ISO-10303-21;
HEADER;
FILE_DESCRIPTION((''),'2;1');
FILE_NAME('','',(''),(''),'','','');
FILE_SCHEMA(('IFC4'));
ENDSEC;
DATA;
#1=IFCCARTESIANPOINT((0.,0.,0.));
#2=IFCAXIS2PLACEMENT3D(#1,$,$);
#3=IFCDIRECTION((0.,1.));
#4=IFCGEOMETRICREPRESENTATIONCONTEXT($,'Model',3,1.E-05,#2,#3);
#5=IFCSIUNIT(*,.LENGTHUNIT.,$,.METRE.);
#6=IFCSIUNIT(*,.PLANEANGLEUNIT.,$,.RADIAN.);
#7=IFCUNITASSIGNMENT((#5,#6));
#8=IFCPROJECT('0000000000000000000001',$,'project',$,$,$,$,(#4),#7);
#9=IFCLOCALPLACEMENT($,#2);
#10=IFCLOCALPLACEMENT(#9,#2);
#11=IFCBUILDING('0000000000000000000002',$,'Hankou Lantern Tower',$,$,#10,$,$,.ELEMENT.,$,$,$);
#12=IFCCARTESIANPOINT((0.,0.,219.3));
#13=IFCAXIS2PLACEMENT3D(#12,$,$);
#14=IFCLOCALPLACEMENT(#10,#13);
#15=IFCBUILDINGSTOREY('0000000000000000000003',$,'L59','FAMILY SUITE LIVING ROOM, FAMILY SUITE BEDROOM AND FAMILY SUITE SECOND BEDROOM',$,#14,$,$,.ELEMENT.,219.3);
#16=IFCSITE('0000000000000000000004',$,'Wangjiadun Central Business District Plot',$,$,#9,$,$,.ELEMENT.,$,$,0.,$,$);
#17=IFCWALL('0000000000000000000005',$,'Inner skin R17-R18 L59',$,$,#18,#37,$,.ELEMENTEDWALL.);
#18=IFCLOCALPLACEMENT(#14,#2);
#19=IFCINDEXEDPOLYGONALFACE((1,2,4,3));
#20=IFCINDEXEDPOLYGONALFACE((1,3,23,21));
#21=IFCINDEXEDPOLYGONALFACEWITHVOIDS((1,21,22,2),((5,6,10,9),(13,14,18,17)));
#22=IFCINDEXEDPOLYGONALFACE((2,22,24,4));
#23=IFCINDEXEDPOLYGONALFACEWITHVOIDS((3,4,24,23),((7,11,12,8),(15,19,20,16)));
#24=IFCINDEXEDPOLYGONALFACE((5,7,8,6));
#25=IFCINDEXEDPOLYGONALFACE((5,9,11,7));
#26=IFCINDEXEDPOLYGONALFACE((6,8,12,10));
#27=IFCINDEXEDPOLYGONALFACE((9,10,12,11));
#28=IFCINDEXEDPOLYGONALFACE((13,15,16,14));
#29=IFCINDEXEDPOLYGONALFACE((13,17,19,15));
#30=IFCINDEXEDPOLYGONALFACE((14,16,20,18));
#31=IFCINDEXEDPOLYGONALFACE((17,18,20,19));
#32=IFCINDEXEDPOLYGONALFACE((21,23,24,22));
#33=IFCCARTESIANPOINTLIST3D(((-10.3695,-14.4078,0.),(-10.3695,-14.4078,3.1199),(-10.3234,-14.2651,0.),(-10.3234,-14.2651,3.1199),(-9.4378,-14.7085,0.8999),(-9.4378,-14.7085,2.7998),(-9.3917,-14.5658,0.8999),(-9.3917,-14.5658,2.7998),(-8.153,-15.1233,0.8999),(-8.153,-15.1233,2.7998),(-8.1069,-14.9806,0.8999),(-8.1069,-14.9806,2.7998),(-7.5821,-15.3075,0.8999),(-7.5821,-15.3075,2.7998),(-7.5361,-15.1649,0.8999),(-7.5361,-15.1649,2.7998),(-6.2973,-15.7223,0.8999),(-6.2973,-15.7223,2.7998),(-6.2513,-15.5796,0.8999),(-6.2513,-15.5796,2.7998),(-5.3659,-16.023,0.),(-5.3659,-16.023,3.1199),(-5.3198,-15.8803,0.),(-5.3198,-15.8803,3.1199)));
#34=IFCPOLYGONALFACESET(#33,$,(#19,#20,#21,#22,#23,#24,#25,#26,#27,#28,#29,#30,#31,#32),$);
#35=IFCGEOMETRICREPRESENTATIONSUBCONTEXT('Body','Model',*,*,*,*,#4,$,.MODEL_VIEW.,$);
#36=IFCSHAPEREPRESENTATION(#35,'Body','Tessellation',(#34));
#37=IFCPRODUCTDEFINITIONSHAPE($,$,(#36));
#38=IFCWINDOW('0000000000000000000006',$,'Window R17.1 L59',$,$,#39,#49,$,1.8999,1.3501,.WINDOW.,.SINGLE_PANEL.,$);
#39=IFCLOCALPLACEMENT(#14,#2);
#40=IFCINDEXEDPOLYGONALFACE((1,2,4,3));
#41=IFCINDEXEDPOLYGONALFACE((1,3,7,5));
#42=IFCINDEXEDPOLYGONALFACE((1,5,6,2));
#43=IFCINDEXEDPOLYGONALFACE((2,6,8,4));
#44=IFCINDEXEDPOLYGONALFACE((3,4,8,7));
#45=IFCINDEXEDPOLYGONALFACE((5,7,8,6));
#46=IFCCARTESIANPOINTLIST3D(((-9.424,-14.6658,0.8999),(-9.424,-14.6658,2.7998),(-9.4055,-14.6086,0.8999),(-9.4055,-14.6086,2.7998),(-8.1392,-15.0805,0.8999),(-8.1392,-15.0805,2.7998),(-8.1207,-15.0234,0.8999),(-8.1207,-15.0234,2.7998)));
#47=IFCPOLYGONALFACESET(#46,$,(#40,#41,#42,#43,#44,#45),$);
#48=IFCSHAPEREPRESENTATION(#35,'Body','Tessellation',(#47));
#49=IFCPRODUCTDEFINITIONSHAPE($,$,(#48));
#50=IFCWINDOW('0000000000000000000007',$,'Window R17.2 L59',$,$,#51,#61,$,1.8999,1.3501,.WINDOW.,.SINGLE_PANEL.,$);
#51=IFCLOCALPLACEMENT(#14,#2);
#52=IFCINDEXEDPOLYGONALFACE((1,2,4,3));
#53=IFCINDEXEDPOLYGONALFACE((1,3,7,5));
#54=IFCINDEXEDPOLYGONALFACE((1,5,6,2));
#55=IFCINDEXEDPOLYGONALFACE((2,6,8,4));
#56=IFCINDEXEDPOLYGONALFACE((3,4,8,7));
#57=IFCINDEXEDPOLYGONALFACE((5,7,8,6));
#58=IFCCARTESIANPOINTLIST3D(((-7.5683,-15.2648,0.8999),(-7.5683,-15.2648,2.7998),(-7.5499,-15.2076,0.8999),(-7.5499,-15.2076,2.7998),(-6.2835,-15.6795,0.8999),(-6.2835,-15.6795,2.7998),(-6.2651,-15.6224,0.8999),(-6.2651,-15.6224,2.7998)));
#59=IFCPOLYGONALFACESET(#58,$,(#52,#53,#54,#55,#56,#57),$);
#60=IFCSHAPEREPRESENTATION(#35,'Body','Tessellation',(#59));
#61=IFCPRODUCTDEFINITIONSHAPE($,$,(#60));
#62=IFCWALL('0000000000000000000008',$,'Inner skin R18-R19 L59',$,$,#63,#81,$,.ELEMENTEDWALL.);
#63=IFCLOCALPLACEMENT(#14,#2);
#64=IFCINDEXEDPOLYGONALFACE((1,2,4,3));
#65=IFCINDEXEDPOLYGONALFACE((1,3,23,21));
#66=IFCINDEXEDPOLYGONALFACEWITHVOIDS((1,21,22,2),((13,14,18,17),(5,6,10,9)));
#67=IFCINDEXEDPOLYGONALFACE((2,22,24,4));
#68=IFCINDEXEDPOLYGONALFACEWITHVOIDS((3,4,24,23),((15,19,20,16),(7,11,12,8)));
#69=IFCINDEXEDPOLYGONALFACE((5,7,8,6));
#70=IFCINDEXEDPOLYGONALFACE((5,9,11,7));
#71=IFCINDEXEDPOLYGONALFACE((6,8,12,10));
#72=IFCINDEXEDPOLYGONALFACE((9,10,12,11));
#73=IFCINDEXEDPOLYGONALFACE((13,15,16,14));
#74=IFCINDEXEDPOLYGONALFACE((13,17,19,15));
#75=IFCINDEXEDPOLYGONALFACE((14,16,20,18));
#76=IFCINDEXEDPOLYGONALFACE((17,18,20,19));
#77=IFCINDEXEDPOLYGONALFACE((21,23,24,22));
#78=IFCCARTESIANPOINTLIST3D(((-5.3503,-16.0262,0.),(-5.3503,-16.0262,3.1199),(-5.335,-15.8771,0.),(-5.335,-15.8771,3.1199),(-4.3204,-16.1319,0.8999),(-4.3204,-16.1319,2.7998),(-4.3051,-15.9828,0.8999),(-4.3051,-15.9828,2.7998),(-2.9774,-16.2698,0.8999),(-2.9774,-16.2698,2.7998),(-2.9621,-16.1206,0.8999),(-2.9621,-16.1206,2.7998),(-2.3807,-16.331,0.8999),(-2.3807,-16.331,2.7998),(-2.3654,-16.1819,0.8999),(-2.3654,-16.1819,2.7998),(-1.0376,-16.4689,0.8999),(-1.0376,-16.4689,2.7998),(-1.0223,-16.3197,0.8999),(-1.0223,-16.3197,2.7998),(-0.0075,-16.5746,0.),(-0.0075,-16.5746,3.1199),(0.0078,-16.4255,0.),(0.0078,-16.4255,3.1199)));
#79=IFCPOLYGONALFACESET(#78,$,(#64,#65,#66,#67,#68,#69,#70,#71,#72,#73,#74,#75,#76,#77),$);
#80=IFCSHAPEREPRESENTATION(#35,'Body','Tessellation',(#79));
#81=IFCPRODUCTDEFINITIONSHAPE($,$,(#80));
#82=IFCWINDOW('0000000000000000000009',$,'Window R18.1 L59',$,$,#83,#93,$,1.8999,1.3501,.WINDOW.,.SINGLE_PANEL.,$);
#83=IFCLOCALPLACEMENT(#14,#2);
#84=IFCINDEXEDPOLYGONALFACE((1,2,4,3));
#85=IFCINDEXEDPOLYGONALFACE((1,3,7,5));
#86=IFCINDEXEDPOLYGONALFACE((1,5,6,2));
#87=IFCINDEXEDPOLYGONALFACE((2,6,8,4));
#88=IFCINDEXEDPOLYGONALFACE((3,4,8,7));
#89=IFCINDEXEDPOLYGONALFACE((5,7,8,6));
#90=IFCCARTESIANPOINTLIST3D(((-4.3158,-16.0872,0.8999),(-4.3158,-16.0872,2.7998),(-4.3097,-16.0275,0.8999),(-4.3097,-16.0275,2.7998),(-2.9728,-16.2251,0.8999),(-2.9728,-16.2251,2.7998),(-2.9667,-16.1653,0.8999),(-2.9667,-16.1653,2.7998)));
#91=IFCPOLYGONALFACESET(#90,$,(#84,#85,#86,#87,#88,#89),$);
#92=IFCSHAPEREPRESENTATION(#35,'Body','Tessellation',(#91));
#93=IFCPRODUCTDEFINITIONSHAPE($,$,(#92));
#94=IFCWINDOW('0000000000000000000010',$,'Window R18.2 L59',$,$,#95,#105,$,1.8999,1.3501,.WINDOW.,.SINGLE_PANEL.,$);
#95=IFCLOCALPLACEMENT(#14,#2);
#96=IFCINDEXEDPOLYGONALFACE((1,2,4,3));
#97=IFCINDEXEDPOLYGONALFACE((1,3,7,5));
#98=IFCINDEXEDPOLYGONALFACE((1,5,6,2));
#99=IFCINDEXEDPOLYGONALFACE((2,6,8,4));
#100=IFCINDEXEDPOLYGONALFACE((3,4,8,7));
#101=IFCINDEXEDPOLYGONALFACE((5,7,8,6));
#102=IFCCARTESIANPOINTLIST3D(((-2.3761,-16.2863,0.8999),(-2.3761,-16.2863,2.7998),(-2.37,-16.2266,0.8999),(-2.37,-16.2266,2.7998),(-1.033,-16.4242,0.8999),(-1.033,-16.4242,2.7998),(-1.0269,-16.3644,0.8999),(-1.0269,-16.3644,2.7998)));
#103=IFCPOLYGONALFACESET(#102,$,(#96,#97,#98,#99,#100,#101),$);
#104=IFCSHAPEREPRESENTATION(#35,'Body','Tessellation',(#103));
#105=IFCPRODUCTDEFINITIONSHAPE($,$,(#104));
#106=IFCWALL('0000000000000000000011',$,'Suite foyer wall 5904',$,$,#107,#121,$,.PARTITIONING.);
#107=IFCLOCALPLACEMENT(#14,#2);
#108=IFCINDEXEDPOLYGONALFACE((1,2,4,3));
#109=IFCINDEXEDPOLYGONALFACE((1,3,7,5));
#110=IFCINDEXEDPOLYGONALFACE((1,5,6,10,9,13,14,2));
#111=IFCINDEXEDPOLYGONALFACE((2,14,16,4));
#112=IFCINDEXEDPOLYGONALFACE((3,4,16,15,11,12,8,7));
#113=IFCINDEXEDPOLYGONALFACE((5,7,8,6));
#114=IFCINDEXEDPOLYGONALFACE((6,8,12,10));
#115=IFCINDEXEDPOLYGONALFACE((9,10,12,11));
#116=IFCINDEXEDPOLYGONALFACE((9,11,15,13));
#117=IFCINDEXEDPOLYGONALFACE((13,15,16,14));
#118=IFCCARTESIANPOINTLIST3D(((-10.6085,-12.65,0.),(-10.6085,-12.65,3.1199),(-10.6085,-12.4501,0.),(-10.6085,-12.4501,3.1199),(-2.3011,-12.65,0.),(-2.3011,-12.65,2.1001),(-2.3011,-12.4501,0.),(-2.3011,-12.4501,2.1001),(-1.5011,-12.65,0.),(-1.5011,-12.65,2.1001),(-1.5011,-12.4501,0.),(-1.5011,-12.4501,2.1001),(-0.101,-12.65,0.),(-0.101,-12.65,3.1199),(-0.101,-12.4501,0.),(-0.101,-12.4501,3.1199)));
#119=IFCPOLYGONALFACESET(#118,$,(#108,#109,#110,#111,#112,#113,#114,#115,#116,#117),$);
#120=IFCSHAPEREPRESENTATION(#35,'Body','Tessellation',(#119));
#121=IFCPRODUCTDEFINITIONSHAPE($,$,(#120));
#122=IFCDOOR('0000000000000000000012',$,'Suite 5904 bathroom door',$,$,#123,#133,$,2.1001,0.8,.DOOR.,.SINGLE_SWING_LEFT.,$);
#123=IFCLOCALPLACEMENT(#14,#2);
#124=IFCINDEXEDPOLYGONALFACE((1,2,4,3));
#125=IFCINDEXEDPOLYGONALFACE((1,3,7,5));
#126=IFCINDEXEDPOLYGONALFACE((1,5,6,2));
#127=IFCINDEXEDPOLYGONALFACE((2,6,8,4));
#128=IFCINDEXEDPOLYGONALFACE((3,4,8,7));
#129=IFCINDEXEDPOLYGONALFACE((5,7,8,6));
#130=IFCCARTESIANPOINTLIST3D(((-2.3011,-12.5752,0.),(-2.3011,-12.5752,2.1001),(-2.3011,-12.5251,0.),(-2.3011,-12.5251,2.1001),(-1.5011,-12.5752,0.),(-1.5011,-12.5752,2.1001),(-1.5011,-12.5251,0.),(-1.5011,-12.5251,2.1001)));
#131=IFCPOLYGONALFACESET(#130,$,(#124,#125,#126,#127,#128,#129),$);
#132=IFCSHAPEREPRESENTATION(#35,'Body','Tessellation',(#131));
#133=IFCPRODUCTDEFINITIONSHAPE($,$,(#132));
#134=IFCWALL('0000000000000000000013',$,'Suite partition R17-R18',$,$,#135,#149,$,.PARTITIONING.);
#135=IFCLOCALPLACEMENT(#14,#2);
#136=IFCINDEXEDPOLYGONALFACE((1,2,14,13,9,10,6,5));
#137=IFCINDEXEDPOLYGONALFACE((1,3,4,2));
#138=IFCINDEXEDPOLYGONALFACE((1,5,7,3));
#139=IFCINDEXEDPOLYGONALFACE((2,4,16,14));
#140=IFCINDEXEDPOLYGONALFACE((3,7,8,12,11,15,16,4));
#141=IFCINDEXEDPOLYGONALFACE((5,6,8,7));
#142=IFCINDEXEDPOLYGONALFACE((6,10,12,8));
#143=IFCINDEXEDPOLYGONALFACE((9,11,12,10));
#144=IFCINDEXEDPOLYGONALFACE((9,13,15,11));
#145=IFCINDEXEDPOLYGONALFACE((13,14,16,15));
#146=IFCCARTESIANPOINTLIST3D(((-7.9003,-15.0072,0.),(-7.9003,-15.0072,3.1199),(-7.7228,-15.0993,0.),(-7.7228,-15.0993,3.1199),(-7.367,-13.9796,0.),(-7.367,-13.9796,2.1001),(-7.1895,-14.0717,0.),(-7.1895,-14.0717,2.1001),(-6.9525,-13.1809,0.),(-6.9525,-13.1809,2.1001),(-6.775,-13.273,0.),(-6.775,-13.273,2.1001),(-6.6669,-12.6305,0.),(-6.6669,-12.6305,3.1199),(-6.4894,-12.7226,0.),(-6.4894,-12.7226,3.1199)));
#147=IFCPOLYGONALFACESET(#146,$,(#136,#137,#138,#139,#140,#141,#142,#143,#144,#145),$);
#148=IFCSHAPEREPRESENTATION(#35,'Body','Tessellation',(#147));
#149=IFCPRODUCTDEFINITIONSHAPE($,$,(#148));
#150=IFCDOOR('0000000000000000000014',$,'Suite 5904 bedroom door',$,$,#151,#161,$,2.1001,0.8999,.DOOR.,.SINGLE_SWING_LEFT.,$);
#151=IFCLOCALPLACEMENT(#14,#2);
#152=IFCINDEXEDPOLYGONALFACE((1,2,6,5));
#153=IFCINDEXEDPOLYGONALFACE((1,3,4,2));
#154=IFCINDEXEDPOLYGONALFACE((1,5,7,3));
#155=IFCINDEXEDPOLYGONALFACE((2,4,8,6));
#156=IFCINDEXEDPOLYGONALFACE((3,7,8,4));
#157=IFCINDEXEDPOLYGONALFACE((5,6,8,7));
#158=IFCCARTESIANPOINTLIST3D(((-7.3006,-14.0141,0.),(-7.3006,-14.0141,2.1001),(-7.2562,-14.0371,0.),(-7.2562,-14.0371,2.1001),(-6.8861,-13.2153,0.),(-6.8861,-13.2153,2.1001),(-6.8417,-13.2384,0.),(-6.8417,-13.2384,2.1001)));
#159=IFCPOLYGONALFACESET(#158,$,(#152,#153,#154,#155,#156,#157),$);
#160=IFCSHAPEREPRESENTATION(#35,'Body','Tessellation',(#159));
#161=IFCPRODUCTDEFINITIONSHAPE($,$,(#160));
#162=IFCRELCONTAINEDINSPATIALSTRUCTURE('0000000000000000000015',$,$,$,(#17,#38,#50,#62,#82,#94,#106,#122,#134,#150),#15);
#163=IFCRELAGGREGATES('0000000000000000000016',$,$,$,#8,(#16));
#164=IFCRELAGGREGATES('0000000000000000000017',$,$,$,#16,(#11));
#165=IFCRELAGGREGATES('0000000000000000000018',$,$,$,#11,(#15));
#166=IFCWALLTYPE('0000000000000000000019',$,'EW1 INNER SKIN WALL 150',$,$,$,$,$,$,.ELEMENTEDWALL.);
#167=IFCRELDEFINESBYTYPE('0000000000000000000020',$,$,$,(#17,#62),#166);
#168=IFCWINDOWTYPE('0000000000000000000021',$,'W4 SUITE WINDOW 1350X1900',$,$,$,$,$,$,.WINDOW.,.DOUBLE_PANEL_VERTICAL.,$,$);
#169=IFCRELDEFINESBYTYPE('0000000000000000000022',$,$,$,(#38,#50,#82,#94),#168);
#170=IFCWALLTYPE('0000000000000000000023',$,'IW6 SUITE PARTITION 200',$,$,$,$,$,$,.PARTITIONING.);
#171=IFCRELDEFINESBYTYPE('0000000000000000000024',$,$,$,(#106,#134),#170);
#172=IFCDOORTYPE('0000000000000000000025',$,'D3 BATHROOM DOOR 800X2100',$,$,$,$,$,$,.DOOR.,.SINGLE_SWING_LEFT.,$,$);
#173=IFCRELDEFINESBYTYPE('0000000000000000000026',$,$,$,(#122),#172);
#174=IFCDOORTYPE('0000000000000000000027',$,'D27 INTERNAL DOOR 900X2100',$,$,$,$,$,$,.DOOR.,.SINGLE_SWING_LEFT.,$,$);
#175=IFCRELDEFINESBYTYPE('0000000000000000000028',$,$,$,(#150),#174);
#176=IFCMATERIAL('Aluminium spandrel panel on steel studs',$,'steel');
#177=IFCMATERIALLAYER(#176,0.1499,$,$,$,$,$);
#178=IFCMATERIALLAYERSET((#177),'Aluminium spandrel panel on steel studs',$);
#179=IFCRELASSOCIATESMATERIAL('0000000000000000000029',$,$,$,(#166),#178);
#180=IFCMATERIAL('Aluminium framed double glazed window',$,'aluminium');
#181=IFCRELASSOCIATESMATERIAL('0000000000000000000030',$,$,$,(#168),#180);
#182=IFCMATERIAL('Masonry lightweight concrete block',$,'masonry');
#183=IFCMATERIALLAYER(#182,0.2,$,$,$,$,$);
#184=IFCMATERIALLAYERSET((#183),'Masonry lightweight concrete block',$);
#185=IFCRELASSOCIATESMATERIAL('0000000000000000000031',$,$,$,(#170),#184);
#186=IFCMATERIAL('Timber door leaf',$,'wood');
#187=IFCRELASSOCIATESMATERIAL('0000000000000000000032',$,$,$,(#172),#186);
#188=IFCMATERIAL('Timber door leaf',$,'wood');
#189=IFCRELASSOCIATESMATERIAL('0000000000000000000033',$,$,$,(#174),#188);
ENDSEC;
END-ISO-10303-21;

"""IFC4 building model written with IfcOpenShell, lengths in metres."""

from ifc_helpers import new_model, si_unit, direction, frame, frame_2d, origin, place, context, subcontext, project, spatial, rectangle, extrude, material, layer, layer_set, type_object, element, fill, save


model = new_model("IFC4")

# Units and contexts
model_context = context("Model", 3, precision=1e-05, world=origin(), true_north=direction((0.0, 1.0)))
body_context = subcontext(model_context, "Body", "Model", "MODEL_VIEW")
ifc_project = project(units=[si_unit("LENGTHUNIT", "METRE"), si_unit("PLANEANGLEUNIT", "RADIAN")], contexts=[model_context])

# Site, building, storey
site_placement = place(None, origin())
site = spatial("IfcSite", under=ifc_project, at=site_placement, Name="Wangjiadun Central Business District Plot", CompositionType="ELEMENT", RefElevation=0.0)
building_placement = place(site_placement, origin())
building = spatial("IfcBuilding", under=site, at=building_placement, Name="Hankou Lantern Tower", CompositionType="ELEMENT")
storey_placement = place(building_placement, frame((0.0, 0.0, 219.3)))
storey = spatial("IfcBuildingStorey", under=building, at=storey_placement, Name="L59", Description="FAMILY SUITE LIVING ROOM, FAMILY SUITE BEDROOM AND FAMILY SUITE SECOND BEDROOM", CompositionType="ELEMENT", Elevation=219.3)

# Walls, openings, windows
ifc_material_1 = material(Name="Aluminium spandrel panel on steel studs", Category="steel")
ifc_layer_1 = layer(ifc_material_1, 0.1499)
ifc_layer_set_1 = layer_set([ifc_layer_1], Name="Aluminium spandrel panel on steel studs")
wall_type_1 = type_object("IfcWallType", Name="EW1 INNER SKIN WALL 150", PredefinedType="ELEMENTEDWALL", material=ifc_layer_set_1)
wall_1_placement = place(storey_placement, frame((-10.3464, -14.3364, 0.0), z_axis=(0.0, 0.0, 1.0), x_axis=(0.951645, -0.307201, 0.0)))
wall_1 = element("IfcWall", 1, at=wall_1_placement, inside=storey, type_object=wall_type_1, Name="Inner skin R17-R18 L59", PredefinedType="ELEMENTEDWALL", context=body_context, shape_type="SweptSolid", body=[
    extrude(rectangle(XDim=5.2578, YDim=0.1499, at=frame_2d((2.6289, 0.0))), origin(), (0.0, 0.0, 1.0), 3.1199),
])
opening_1_placement = place(wall_1_placement, frame((0.979, 0.0, 0.8999)))
opening_1 = element("IfcOpeningElement", 2, at=opening_1_placement, cuts=wall_1, PredefinedType="OPENING", context=body_context, shape_type="SweptSolid", body=[
    extrude(rectangle(XDim=1.3501, YDim=1.8999, at=frame_2d((0.675, 0.95))), frame((0.0, 0.085, 0.0), z_axis=(0.0, -1.0, 0.0), x_axis=(1.0, 0.0, 0.0)), (0.0, 0.0, 1.0), 0.1699),
])
opening_2_placement = place(wall_1_placement, frame((2.929, 0.0, 0.8999)))
opening_2 = element("IfcOpeningElement", 3, at=opening_2_placement, cuts=wall_1, PredefinedType="OPENING", context=body_context, shape_type="SweptSolid", body=[
    extrude(rectangle(XDim=1.3501, YDim=1.8999, at=frame_2d((0.675, 0.95))), frame((0.0, 0.085, 0.0), z_axis=(0.0, -1.0, 0.0), x_axis=(1.0, 0.0, 0.0)), (0.0, 0.0, 1.0), 0.1699),
])
ifc_material_2 = material(Name="Aluminium framed double glazed window", Category="aluminium")
window_type = type_object("IfcWindowType", Name="W4 SUITE WINDOW 1350X1900", PartitioningType="DOUBLE_PANEL_VERTICAL", PredefinedType="WINDOW", material=ifc_material_2)
window_1_placement = place(opening_1_placement, origin())
window_1 = element("IfcWindow", 4, at=window_1_placement, inside=storey, type_object=window_type, Name="Window R17.1 L59", OverallHeight=1.8999, OverallWidth=1.3501, PartitioningType="SINGLE_PANEL", PredefinedType="WINDOW", context=body_context, shape_type="SweptSolid", body=[
    extrude(rectangle(XDim=1.3501, YDim=1.8999, at=frame_2d((0.675, 0.95))), frame((0.0, 0.03, 0.0), z_axis=(0.0, -1.0, 0.0), x_axis=(1.0, 0.0, 0.0)), (0.0, 0.0, 1.0), 0.0601),
])
fill(opening_1, window_1)
window_2_placement = place(opening_2_placement, origin())
window_2 = element("IfcWindow", 5, at=window_2_placement, inside=storey, type_object=window_type, Name="Window R17.2 L59", OverallHeight=1.8999, OverallWidth=1.3501, PartitioningType="SINGLE_PANEL", PredefinedType="WINDOW", context=body_context, shape_type="SweptSolid", body=[
    extrude(rectangle(XDim=1.3501, YDim=1.8999, at=frame_2d((0.675, 0.95))), frame((0.0, 0.03, 0.0), z_axis=(0.0, -1.0, 0.0), x_axis=(1.0, 0.0, 0.0)), (0.0, 0.0, 1.0), 0.0601),
])
fill(opening_2, window_2)
wall_2_placement = place(storey_placement, frame((-5.3428, -15.9517, 0.0), z_axis=(0.0, 0.0, 1.0), x_axis=(0.994775, -0.102096, 0.0)))
wall_2 = element("IfcWall", 6, at=wall_2_placement, inside=storey, type_object=wall_type_1, Name="Inner skin R18-R19 L59", PredefinedType="ELEMENTEDWALL", context=body_context, shape_type="SweptSolid", body=[
    extrude(rectangle(XDim=5.3708, YDim=0.1499, at=frame_2d((2.6855, 0.0))), origin(), (0.0, 0.0, 1.0), 3.1199),
])
opening_3_placement = place(wall_2_placement, frame((1.0354, 0.0, 0.8999)))
opening_3 = element("IfcOpeningElement", 7, at=opening_3_placement, cuts=wall_2, PredefinedType="OPENING", context=body_context, shape_type="SweptSolid", body=[
    extrude(rectangle(XDim=1.3501, YDim=1.8999, at=frame_2d((0.675, 0.95))), frame((0.0, 0.085, 0.0), z_axis=(0.0, -1.0, 0.0), x_axis=(1.0, 0.0, 0.0)), (0.0, 0.0, 1.0), 0.1699),
])
opening_4_placement = place(wall_2_placement, frame((2.9854, 0.0, 0.8999)))
opening_4 = element("IfcOpeningElement", 8, at=opening_4_placement, cuts=wall_2, PredefinedType="OPENING", context=body_context, shape_type="SweptSolid", body=[
    extrude(rectangle(XDim=1.3501, YDim=1.8999, at=frame_2d((0.675, 0.95))), frame((0.0, 0.085, 0.0), z_axis=(0.0, -1.0, 0.0), x_axis=(1.0, 0.0, 0.0)), (0.0, 0.0, 1.0), 0.1699),
])
window_3_placement = place(opening_3_placement, origin())
window_3 = element("IfcWindow", 9, at=window_3_placement, inside=storey, type_object=window_type, Name="Window R18.1 L59", OverallHeight=1.8999, OverallWidth=1.3501, PartitioningType="SINGLE_PANEL", PredefinedType="WINDOW", context=body_context, shape_type="SweptSolid", body=[
    extrude(rectangle(XDim=1.3501, YDim=1.8999, at=frame_2d((0.675, 0.95))), frame((0.0, 0.03, 0.0), z_axis=(0.0, -1.0, 0.0), x_axis=(1.0, 0.0, 0.0)), (0.0, 0.0, 1.0), 0.0601),
])
fill(opening_3, window_3)
window_4_placement = place(opening_4_placement, origin())
window_4 = element("IfcWindow", 10, at=window_4_placement, inside=storey, type_object=window_type, Name="Window R18.2 L59", OverallHeight=1.8999, OverallWidth=1.3501, PartitioningType="SINGLE_PANEL", PredefinedType="WINDOW", context=body_context, shape_type="SweptSolid", body=[
    extrude(rectangle(XDim=1.3501, YDim=1.8999, at=frame_2d((0.675, 0.95))), frame((0.0, 0.03, 0.0), z_axis=(0.0, -1.0, 0.0), x_axis=(1.0, 0.0, 0.0)), (0.0, 0.0, 1.0), 0.0601),
])
fill(opening_4, window_4)

# Walls, openings, doors
ifc_material_3 = material(Name="Masonry lightweight concrete block", Category="masonry")
ifc_layer_2 = layer(ifc_material_3, 0.2)
ifc_layer_set_2 = layer_set([ifc_layer_2], Name="Masonry lightweight concrete block")
wall_type_2 = type_object("IfcWallType", Name="IW6 SUITE PARTITION 200", PredefinedType="PARTITIONING", material=ifc_layer_set_2)
wall_3_placement = place(storey_placement, frame((-10.6086, -12.55, 0.0), z_axis=(0.0, 0.0, 1.0), x_axis=(1.0, 0.0, 0.0)))
wall_3 = element("IfcWall", 11, at=wall_3_placement, inside=storey, type_object=wall_type_2, Name="Suite foyer wall 5904", PredefinedType="PARTITIONING", context=body_context, shape_type="SweptSolid", body=[
    extrude(rectangle(XDim=10.5076, YDim=0.2, at=frame_2d((5.2539, 0.0))), origin(), (0.0, 0.0, 1.0), 3.1199),
])
opening_5_placement = place(wall_3_placement, frame((8.3076, 0.0, 0.0)))
opening_5 = element("IfcOpeningElement", 12, at=opening_5_placement, cuts=wall_3, PredefinedType="OPENING", context=body_context, shape_type="SweptSolid", body=[
    extrude(rectangle(XDim=0.8, YDim=2.1001, at=frame_2d((0.3999, 1.05))), frame((0.0, 0.1099, 0.0), z_axis=(0.0, -1.0, 0.0), x_axis=(1.0, 0.0, 0.0)), (0.0, 0.0, 1.0), 0.22),
])
ifc_material_4 = material(Name="Timber door leaf", Category="wood")
door_type_1 = type_object("IfcDoorType", Name="D3 BATHROOM DOOR 800X2100", OperationType="SINGLE_SWING_LEFT", PredefinedType="DOOR", material=ifc_material_4)
door_1_placement = place(opening_5_placement, origin())
door_1 = element("IfcDoor", 13, at=door_1_placement, inside=storey, type_object=door_type_1, Name="Suite 5904 bathroom door", OperationType="SINGLE_SWING_LEFT", OverallHeight=2.1001, OverallWidth=0.8, PredefinedType="DOOR", context=body_context, shape_type="SweptSolid", body=[
    extrude(rectangle(XDim=0.8, YDim=2.1001, at=frame_2d((0.3999, 1.05))), frame((0.0, 0.0249, 0.0), z_axis=(0.0, -1.0, 0.0), x_axis=(1.0, 0.0, 0.0)), (0.0, 0.0, 1.0), 0.05),
])
fill(opening_5, door_1)
wall_4_placement = place(storey_placement, frame((-6.5781, -12.6765, 0.0), z_axis=(0.0, 0.0, 1.0), x_axis=(-0.460621, -0.887597, 0.0)))
wall_4 = element("IfcWall", 14, at=wall_4_placement, inside=storey, type_object=wall_type_2, Name="Suite partition R17-R18", PredefinedType="PARTITIONING", context=body_context, shape_type="SweptSolid", body=[
    extrude(rectangle(XDim=2.6777, YDim=0.2, at=frame_2d((1.3389, 0.0))), origin(), (0.0, 0.0, 1.0), 3.1199),
])
opening_6_placement = place(wall_4_placement, frame((0.6201, 0.0, 0.0)))
opening_6 = element("IfcOpeningElement", 15, at=opening_6_placement, cuts=wall_4, PredefinedType="OPENING", context=body_context, shape_type="SweptSolid", body=[
    extrude(rectangle(XDim=0.8999, YDim=2.1001, at=frame_2d((0.45, 1.05))), frame((0.0, 0.1099, 0.0), z_axis=(0.0, -1.0, 0.0), x_axis=(1.0, 0.0, 0.0)), (0.0, 0.0, 1.0), 0.22),
])
ifc_material_5 = material(Name="Timber door leaf", Category="wood")
door_type_2 = type_object("IfcDoorType", Name="D27 INTERNAL DOOR 900X2100", OperationType="SINGLE_SWING_LEFT", PredefinedType="DOOR", material=ifc_material_5)
door_2_placement = place(opening_6_placement, origin())
door_2 = element("IfcDoor", 16, at=door_2_placement, inside=storey, type_object=door_type_2, Name="Suite 5904 bedroom door", OperationType="SINGLE_SWING_LEFT", OverallHeight=2.1001, OverallWidth=0.8999, PredefinedType="DOOR", context=body_context, shape_type="SweptSolid", body=[
    extrude(rectangle(XDim=0.8999, YDim=2.1001, at=frame_2d((0.45, 1.05))), frame((0.0, 0.0249, 0.0), z_axis=(0.0, -1.0, 0.0), x_axis=(1.0, 0.0, 0.0)), (0.0, 0.0, 1.0), 0.05),
])
fill(opening_6, door_2)

save(model, "model.ifc")
